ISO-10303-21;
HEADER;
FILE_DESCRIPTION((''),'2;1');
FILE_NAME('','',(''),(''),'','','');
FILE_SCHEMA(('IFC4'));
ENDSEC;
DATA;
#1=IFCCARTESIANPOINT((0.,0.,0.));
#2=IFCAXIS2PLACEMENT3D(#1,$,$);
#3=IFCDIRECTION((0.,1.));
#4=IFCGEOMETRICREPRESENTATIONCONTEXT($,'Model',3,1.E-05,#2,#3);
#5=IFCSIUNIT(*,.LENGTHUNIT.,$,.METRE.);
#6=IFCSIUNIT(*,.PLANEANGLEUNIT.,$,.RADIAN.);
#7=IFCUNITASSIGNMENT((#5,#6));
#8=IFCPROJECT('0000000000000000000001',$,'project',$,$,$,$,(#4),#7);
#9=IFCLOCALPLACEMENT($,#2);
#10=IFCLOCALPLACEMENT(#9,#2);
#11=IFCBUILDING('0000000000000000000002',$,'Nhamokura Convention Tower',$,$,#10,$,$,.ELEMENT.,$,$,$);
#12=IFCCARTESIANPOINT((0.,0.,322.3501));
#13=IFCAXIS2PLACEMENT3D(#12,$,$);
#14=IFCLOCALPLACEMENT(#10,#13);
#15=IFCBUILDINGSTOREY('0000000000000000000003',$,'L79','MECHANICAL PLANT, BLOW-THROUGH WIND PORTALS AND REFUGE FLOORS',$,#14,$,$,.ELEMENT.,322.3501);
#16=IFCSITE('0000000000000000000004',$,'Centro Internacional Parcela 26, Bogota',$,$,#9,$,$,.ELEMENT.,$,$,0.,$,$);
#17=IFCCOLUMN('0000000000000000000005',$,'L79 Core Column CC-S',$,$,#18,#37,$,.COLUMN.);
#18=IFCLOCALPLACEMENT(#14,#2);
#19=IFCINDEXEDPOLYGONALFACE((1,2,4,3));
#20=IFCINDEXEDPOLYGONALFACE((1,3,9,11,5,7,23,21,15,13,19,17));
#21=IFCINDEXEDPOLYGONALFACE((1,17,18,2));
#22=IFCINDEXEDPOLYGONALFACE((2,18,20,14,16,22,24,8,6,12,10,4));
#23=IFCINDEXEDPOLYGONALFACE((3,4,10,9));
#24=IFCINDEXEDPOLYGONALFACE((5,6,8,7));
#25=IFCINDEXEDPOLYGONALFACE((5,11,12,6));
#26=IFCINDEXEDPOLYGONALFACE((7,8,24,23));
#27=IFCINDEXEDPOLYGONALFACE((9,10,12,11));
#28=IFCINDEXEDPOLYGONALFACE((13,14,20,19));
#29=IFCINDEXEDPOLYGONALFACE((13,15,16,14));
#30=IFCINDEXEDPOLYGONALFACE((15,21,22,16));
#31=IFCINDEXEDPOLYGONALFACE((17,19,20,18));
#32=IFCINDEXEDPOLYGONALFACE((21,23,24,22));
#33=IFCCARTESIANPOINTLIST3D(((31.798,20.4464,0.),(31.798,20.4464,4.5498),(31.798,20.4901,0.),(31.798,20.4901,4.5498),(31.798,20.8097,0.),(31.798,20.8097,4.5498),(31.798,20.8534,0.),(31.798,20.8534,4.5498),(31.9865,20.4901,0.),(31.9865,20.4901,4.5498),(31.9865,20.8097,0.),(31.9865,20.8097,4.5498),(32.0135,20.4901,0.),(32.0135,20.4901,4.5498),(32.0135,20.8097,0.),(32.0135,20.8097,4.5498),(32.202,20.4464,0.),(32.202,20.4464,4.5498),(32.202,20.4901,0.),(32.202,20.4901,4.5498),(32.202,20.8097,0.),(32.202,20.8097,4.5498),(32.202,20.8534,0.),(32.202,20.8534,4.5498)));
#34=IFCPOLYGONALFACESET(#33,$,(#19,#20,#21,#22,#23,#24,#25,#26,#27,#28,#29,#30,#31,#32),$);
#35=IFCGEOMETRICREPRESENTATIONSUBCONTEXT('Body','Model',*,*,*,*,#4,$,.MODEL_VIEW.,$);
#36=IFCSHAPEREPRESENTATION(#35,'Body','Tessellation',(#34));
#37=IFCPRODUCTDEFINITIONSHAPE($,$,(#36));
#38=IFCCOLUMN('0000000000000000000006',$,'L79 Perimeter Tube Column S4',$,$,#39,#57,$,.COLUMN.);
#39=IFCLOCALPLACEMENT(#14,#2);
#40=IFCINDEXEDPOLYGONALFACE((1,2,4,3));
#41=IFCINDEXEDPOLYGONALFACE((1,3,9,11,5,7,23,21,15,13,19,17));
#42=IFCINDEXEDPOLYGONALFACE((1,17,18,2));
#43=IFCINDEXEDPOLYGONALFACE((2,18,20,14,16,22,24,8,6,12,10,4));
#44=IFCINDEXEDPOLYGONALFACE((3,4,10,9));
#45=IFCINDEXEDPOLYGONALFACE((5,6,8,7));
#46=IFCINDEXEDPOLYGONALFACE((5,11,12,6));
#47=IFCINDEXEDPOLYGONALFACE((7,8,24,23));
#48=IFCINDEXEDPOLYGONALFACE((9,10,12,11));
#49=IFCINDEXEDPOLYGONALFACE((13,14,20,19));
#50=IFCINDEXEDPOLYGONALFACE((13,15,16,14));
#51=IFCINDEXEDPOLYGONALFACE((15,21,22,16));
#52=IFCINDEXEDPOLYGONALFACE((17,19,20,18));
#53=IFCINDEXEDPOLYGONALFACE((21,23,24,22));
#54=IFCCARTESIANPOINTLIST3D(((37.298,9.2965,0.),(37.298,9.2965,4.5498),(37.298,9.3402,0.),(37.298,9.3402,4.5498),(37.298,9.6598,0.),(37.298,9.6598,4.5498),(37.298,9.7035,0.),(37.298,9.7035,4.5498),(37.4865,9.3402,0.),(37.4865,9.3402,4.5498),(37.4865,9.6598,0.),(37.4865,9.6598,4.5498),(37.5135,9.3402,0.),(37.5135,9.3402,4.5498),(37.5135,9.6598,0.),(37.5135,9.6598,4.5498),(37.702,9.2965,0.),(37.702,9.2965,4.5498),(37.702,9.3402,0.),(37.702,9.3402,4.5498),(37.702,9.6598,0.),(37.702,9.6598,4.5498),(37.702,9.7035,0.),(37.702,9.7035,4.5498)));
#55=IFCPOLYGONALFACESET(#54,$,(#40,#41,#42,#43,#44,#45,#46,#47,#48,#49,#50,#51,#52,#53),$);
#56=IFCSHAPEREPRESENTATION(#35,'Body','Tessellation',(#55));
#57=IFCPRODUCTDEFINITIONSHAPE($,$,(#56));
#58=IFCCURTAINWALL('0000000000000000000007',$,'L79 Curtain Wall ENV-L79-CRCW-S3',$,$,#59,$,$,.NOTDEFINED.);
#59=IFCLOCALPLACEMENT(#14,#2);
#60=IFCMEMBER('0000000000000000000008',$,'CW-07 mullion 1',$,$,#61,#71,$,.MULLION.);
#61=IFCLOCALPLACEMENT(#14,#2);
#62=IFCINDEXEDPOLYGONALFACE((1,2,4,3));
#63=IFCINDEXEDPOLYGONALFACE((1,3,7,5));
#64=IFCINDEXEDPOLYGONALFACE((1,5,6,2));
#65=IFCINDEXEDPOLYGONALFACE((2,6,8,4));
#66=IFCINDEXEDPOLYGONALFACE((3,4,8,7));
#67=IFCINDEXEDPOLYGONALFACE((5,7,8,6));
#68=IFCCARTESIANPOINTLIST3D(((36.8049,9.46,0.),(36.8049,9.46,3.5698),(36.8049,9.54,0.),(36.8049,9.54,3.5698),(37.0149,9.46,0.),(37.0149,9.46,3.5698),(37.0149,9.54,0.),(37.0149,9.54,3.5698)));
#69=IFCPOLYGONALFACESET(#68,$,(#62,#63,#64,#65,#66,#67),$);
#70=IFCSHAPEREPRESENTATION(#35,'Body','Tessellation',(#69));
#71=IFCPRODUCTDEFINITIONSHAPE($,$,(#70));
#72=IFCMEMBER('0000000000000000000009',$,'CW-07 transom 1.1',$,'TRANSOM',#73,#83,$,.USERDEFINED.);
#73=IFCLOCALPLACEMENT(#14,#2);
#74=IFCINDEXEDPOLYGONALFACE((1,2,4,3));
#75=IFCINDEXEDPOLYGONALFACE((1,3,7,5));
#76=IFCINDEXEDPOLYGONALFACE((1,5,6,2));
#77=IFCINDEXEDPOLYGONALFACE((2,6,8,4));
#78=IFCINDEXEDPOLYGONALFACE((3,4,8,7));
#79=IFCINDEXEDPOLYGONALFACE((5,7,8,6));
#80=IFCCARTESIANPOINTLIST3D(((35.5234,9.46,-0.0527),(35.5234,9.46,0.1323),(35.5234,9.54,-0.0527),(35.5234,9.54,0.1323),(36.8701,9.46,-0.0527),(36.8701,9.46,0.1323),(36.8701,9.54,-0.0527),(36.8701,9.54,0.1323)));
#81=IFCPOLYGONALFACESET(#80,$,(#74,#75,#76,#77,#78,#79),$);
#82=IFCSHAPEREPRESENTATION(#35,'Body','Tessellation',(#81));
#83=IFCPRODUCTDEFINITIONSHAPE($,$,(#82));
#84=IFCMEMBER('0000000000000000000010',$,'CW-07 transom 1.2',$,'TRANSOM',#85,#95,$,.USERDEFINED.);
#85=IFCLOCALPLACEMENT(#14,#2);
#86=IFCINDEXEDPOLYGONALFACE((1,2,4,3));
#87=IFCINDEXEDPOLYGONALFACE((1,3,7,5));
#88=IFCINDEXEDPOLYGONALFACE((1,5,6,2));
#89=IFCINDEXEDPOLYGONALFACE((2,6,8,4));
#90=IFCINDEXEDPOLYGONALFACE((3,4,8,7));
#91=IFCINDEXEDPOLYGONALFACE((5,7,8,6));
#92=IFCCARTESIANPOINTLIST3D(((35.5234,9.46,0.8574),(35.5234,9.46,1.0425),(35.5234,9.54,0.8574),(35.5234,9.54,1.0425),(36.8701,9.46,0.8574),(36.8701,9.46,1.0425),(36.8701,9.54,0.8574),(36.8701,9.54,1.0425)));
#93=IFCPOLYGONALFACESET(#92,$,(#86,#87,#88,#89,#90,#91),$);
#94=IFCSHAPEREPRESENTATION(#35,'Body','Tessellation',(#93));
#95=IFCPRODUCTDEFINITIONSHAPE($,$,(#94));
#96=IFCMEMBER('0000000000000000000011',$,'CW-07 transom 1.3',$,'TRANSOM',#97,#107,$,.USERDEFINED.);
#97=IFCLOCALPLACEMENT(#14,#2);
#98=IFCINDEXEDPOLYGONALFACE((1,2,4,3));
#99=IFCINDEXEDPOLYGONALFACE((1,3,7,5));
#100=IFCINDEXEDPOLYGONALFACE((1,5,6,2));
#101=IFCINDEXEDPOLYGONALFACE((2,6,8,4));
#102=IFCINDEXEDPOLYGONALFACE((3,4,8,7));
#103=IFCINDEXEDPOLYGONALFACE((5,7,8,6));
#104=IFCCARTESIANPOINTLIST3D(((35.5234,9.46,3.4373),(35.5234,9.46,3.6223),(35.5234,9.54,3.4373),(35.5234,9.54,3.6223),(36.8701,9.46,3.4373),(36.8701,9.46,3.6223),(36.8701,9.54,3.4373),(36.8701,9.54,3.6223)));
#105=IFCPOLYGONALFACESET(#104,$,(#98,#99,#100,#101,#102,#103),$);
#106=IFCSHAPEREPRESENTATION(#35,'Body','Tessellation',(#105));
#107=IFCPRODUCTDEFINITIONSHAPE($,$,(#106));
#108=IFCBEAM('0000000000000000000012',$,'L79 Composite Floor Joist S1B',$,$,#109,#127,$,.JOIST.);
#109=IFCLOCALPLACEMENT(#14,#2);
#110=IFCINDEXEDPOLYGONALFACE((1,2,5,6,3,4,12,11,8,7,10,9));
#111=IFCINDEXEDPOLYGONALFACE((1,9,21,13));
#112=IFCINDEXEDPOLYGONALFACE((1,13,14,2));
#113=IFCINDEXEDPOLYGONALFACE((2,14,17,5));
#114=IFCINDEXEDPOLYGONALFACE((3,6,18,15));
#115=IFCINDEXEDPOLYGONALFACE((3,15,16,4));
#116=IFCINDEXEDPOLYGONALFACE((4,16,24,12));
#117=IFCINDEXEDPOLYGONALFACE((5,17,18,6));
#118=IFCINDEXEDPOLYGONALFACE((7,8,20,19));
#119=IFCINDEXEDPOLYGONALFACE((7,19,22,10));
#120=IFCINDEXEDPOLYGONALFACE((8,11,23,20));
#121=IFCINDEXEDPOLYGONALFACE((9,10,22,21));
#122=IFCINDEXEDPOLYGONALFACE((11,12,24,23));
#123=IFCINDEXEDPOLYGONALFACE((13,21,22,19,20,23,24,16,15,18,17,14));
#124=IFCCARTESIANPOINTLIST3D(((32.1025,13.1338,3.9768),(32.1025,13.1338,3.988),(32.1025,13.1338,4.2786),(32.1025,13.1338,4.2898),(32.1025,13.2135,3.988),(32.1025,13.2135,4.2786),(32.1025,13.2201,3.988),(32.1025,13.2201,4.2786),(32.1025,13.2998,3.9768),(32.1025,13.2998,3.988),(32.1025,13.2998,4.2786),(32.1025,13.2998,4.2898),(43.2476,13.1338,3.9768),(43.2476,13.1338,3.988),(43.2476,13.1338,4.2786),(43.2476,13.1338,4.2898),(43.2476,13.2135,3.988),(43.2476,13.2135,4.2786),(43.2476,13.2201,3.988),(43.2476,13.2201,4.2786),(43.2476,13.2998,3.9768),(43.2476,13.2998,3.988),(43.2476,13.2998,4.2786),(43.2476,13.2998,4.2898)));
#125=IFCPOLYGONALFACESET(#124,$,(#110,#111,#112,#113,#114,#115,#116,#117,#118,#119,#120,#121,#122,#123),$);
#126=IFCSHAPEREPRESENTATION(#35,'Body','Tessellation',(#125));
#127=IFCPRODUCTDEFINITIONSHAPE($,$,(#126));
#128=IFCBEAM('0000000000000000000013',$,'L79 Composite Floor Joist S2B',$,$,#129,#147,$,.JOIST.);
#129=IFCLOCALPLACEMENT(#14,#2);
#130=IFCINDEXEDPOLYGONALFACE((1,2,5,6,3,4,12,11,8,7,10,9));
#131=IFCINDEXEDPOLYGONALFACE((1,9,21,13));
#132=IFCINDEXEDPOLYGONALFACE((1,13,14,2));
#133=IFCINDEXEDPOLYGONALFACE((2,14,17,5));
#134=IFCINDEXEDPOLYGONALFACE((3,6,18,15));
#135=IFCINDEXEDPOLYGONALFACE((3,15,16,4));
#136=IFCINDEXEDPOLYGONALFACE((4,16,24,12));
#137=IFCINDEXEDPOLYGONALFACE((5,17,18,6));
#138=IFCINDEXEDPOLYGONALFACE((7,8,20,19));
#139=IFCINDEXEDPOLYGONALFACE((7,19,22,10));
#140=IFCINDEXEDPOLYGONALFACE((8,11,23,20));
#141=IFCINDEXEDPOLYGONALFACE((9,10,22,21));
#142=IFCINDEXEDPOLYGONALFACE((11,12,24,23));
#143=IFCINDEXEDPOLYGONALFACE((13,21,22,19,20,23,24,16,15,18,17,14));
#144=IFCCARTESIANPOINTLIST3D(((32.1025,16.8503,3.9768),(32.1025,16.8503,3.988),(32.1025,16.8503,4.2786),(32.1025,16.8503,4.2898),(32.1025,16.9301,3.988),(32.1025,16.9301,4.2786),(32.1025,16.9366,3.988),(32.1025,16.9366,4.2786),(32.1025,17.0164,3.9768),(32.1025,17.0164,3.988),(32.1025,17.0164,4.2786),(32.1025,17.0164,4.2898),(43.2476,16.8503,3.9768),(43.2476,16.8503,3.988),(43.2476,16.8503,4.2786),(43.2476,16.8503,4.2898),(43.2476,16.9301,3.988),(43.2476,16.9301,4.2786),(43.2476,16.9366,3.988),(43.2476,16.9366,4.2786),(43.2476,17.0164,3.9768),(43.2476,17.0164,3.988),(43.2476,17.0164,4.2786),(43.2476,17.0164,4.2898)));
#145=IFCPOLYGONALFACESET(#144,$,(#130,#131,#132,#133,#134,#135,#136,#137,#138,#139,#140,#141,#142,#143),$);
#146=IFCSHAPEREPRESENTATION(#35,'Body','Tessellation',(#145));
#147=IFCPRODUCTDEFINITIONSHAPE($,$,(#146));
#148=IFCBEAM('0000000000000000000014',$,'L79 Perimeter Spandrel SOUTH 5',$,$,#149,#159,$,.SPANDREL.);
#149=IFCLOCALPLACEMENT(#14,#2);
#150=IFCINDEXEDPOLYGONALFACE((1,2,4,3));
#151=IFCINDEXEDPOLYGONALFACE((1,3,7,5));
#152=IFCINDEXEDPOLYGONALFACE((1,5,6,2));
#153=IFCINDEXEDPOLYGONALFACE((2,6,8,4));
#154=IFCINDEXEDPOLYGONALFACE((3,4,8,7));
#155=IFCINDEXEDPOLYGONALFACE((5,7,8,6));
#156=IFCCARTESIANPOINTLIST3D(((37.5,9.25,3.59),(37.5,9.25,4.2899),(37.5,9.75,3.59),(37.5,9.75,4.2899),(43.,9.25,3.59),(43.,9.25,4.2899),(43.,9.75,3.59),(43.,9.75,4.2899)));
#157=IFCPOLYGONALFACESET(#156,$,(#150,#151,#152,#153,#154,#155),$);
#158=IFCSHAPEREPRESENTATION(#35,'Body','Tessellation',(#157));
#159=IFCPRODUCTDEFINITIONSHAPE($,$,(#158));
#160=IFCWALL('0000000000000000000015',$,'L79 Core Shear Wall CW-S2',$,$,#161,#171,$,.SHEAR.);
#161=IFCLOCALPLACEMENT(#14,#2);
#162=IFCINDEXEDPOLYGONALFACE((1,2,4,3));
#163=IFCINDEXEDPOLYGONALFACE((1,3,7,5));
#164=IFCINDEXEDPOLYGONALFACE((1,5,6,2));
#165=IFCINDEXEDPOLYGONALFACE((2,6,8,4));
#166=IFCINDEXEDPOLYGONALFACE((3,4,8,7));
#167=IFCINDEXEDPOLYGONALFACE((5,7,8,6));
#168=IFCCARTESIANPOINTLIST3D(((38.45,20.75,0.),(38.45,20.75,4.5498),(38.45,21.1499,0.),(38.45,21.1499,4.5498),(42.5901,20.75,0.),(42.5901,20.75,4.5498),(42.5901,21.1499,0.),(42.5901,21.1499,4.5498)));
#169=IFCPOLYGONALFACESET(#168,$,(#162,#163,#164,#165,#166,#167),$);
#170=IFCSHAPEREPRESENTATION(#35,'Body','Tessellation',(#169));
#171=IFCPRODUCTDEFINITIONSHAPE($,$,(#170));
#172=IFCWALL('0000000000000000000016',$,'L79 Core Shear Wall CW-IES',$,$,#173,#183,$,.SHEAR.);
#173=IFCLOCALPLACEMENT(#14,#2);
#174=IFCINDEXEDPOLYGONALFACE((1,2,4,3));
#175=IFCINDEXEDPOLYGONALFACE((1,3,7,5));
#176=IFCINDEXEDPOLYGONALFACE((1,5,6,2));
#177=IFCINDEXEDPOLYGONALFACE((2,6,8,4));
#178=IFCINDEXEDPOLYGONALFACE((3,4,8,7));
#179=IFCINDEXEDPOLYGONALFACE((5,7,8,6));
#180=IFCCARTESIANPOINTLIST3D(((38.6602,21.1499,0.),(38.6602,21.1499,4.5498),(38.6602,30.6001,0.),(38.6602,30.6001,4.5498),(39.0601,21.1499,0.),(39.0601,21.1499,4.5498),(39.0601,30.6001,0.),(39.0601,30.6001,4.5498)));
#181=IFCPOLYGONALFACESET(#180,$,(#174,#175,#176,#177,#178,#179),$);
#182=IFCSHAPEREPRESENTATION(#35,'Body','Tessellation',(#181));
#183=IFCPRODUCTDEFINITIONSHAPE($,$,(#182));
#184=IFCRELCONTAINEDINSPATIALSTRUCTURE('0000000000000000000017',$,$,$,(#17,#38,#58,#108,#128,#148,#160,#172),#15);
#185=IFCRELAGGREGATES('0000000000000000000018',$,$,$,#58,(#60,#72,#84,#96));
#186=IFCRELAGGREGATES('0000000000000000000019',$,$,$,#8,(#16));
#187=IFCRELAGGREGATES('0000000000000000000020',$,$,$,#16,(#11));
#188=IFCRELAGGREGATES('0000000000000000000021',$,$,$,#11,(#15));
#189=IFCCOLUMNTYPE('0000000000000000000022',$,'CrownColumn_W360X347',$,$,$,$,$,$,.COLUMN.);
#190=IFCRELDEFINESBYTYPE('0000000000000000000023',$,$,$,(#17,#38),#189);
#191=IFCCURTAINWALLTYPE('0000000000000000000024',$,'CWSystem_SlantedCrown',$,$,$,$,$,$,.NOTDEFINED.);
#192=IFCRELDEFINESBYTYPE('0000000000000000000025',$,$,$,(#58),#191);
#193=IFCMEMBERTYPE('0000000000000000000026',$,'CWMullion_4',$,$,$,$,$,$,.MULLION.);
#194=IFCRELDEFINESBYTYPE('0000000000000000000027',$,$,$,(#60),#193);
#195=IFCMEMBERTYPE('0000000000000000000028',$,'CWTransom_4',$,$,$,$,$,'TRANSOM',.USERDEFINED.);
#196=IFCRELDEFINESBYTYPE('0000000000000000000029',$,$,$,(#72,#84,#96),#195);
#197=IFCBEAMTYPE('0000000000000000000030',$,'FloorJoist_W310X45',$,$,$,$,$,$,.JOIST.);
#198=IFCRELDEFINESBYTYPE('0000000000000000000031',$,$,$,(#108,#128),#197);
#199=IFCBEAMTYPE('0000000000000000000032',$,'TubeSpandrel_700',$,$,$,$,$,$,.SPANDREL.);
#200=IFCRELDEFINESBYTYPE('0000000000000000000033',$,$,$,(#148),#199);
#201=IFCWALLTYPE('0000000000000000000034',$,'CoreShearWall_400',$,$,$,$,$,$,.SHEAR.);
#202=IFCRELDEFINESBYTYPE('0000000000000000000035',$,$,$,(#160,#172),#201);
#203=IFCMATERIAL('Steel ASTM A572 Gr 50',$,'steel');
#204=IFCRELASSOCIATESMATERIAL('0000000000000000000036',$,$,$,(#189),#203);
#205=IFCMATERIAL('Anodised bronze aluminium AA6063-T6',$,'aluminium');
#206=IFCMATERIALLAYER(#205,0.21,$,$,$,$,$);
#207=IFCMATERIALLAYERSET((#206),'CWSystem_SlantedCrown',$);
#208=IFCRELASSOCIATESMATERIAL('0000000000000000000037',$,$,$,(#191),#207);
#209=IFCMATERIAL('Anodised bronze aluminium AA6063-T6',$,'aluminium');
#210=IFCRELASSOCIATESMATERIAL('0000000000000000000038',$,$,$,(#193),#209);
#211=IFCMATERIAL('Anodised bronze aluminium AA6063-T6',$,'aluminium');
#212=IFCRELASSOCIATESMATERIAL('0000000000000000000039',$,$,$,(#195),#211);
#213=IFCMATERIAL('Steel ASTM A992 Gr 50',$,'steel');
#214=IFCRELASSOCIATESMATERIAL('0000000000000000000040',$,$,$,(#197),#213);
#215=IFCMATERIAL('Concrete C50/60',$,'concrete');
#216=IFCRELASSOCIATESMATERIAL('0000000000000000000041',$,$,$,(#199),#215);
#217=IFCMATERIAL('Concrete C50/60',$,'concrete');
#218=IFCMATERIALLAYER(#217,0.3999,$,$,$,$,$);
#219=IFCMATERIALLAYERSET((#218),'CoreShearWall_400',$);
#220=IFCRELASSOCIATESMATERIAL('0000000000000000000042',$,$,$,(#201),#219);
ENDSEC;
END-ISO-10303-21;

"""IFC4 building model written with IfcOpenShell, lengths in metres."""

from ifc_helpers import new_model, si_unit, direction, frame, frame_2d, origin, origin_2d, place, context, subcontext, project, spatial, rectangle, i_section, extrude, material, layer, layer_set, material_profile, profile_set, type_object, element, aggregate, save


model = new_model("IFC4")

# Units and contexts
model_context = context("Model", 3, precision=1e-05, world=origin(), true_north=direction((0.0, 1.0)))
body_context = subcontext(model_context, "Body", "Model", "MODEL_VIEW")
ifc_project = project(units=[si_unit("LENGTHUNIT", "METRE"), si_unit("PLANEANGLEUNIT", "RADIAN")], contexts=[model_context])

# Site, building, storey
site_placement = place(None, origin())
site = spatial("IfcSite", under=ifc_project, at=site_placement, Name="Centro Internacional Parcela 26, Bogota", CompositionType="ELEMENT", RefElevation=0.0)
building_placement = place(site_placement, origin())
building = spatial("IfcBuilding", under=site, at=building_placement, Name="Nhamokura Convention Tower", CompositionType="ELEMENT")
storey_placement = place(building_placement, frame((0.0, 0.0, 322.3501)))
storey = spatial("IfcBuildingStorey", under=building, at=storey_placement, Name="L79", Description="MECHANICAL PLANT, BLOW-THROUGH WIND PORTALS AND REFUGE FLOORS", CompositionType="ELEMENT", Elevation=322.3501)

# Columns
ifc_material_1 = material(Name="Steel ASTM A572 Gr 50", Category="steel")
ifc_material_profile_1 = material_profile(ifc_material_1, i_section(OverallWidth=0.4041, OverallDepth=0.407, WebThickness=0.0271, FlangeThickness=0.0437, at=origin_2d()))
ifc_profile_set_1 = profile_set([ifc_material_profile_1], Name="Steel ASTM A572 Gr 50")
column_type = type_object("IfcColumnType", Name="CrownColumn_W360X347", PredefinedType="COLUMN", material=ifc_profile_set_1)
for number, where, z_axis, x_axis, name in (
    (1, (32.0, 20.6499, 0.0), (0.0, 0.0, 1.0), (1.0, 0.0, 0.0), "L79 Core Column CC-S"),
    (2, (37.5, 9.5, 0.0), (0.0, 0.0, 1.0), (1.0, 0.0, 0.0), "L79 Perimeter Tube Column S4"),
):
    element("IfcColumn", number, at=place(storey_placement, frame(where, z_axis=z_axis, x_axis=x_axis)), inside=storey, type_object=column_type, Name=name, PredefinedType="COLUMN", context=body_context, shape_type="SweptSolid", body=[
        extrude(i_section(OverallWidth=0.4041, OverallDepth=0.407, WebThickness=0.0271, FlangeThickness=0.0437, at=origin_2d()), origin(), (0.0, 0.0, 1.0), 4.5498),
    ])

# Curtain wall, members
ifc_material_2 = material(Name="Anodised bronze aluminium AA6063-T6", Category="aluminium")
ifc_layer_1 = layer(ifc_material_2, 0.21)
ifc_layer_set_1 = layer_set([ifc_layer_1], Name="CWSystem_SlantedCrown")
curtain_wall_type = type_object("IfcCurtainWallType", Name="CWSystem_SlantedCrown", PredefinedType="NOTDEFINED", material=ifc_layer_set_1)
curtain_wall_placement = place(storey_placement, origin())
curtain_wall = element("IfcCurtainWall", 3, at=curtain_wall_placement, inside=storey, type_object=curtain_wall_type, Name="L79 Curtain Wall ENV-L79-CRCW-S3", PredefinedType="NOTDEFINED")
ifc_material_3 = material(Name="Anodised bronze aluminium AA6063-T6", Category="aluminium")
ifc_material_profile_2 = material_profile(ifc_material_3, rectangle(XDim=0.0801, YDim=0.21, at=origin_2d()))
ifc_profile_set_2 = profile_set([ifc_material_profile_2], Name="Anodised bronze aluminium AA6063-T6")
member_type_1 = type_object("IfcMemberType", Name="CWMullion_4", PredefinedType="MULLION", material=ifc_profile_set_2)
member_1_placement = place(storey_placement, frame((36.9099, 9.5, 0.0), z_axis=(0.0, 0.0, 1.0), x_axis=(0.0, -1.0, 0.0)))
member_1 = element("IfcMember", 4, at=member_1_placement, type_object=member_type_1, Name="CW-07 mullion 1", PredefinedType="MULLION", context=body_context, shape_type="SweptSolid", body=[
    extrude(rectangle(XDim=0.0801, YDim=0.21, at=origin_2d()), origin(), (0.0, 0.0, 1.0), 3.5698),
])
ifc_material_4 = material(Name="Anodised bronze aluminium AA6063-T6", Category="aluminium")
ifc_material_profile_3 = material_profile(ifc_material_4, rectangle(XDim=0.0801, YDim=0.1851, at=origin_2d()))
ifc_profile_set_3 = profile_set([ifc_material_profile_3], Name="Anodised bronze aluminium AA6063-T6")
member_type_2 = type_object("IfcMemberType", Name="CWTransom_4", ElementType="TRANSOM", PredefinedType="USERDEFINED", material=ifc_profile_set_3)
member_2_placement = place(storey_placement, frame((36.8701, 9.5, 0.0398), z_axis=(-1.0, 0.0, 0.0), x_axis=(0.0, -1.0, 0.0)))
member_2 = element("IfcMember", 5, at=member_2_placement, type_object=member_type_2, Name="CW-07 transom 1.1", ObjectType="TRANSOM", PredefinedType="USERDEFINED", context=body_context, shape_type="SweptSolid", body=[
    extrude(rectangle(XDim=0.0801, YDim=0.1851, at=origin_2d()), origin(), (0.0, 0.0, 1.0), 1.3467),
])
member_3_placement = place(storey_placement, frame((36.8701, 9.5, 0.95), z_axis=(-1.0, 0.0, 0.0), x_axis=(0.0, -1.0, 0.0)))
member_3 = element("IfcMember", 6, at=member_3_placement, type_object=member_type_2, Name="CW-07 transom 1.2", ObjectType="TRANSOM", PredefinedType="USERDEFINED", context=body_context, shape_type="SweptSolid", body=[
    extrude(rectangle(XDim=0.0801, YDim=0.1851, at=origin_2d()), origin(), (0.0, 0.0, 1.0), 1.3467),
])
member_4_placement = place(storey_placement, frame((36.8701, 9.5, 3.5298), z_axis=(-1.0, 0.0, 0.0), x_axis=(0.0, -1.0, 0.0)))
member_4 = element("IfcMember", 7, at=member_4_placement, type_object=member_type_2, Name="CW-07 transom 1.3", ObjectType="TRANSOM", PredefinedType="USERDEFINED", context=body_context, shape_type="SweptSolid", body=[
    extrude(rectangle(XDim=0.0801, YDim=0.1851, at=origin_2d()), origin(), (0.0, 0.0, 1.0), 1.3467),
])
aggregate(curtain_wall, [member_1, member_2, member_3, member_4])

# Beams
ifc_material_5 = material(Name="Steel ASTM A992 Gr 50", Category="steel")
ifc_material_profile_4 = material_profile(ifc_material_5, i_section(OverallWidth=0.166, OverallDepth=0.313, WebThickness=0.0066, FlangeThickness=0.0112, at=origin_2d()))
ifc_profile_set_4 = profile_set([ifc_material_profile_4], Name="Steel ASTM A992 Gr 50")
beam_type_1 = type_object("IfcBeamType", Name="FloorJoist_W310X45", PredefinedType="JOIST", material=ifc_profile_set_4)
for number, where, z_axis, x_axis, name in (
    (8, (32.1025, 13.2168, 4.1333), (1.0, 0.0, 0.0), (0.0, 1.0, 0.0), "L79 Composite Floor Joist S1B"),
    (9, (32.1025, 16.9333, 4.1333), (1.0, 0.0, 0.0), (0.0, 1.0, 0.0), "L79 Composite Floor Joist S2B"),
):
    element("IfcBeam", number, at=place(storey_placement, frame(where, z_axis=z_axis, x_axis=x_axis)), inside=storey, type_object=beam_type_1, Name=name, PredefinedType="JOIST", context=body_context, shape_type="SweptSolid", body=[
        extrude(i_section(OverallWidth=0.166, OverallDepth=0.313, WebThickness=0.0066, FlangeThickness=0.0112, at=origin_2d()), origin(), (0.0, 0.0, 1.0), 11.145),
    ])
ifc_material_6 = material(Name="Concrete C50/60", Category="concrete")
ifc_material_profile_5 = material_profile(ifc_material_6, rectangle(XDim=0.5, YDim=0.7, at=origin_2d()))
ifc_profile_set_5 = profile_set([ifc_material_profile_5], Name="Concrete C50/60")
beam_type_2 = type_object("IfcBeamType", Name="TubeSpandrel_700", PredefinedType="SPANDREL", material=ifc_profile_set_5)
beam_placement = place(storey_placement, frame((37.5, 9.5, 3.9399), z_axis=(1.0, 0.0, 0.0), x_axis=(0.0, 1.0, 0.0)))
element("IfcBeam", 10, at=beam_placement, inside=storey, type_object=beam_type_2, Name="L79 Perimeter Spandrel SOUTH 5", PredefinedType="SPANDREL", context=body_context, shape_type="SweptSolid", body=[
    extrude(rectangle(XDim=0.5, YDim=0.7, at=origin_2d()), origin(), (0.0, 0.0, 1.0), 5.5),
])

# Walls
ifc_material_7 = material(Name="Concrete C50/60", Category="concrete")
ifc_layer_2 = layer(ifc_material_7, 0.3999)
ifc_layer_set_2 = layer_set([ifc_layer_2], Name="CoreShearWall_400")
wall_type_1 = type_object("IfcWallType", Name="CoreShearWall_400", PredefinedType="SHEAR", material=ifc_layer_set_2)
wall_1_placement = place(storey_placement, frame((38.45, 20.95, 0.0), z_axis=(0.0, 0.0, 1.0), x_axis=(1.0, 0.0, 0.0)))
element("IfcWall", 11, at=wall_1_placement, inside=storey, type_object=wall_type_1, Name="L79 Core Shear Wall CW-S2", PredefinedType="SHEAR", context=body_context, shape_type="SweptSolid", body=[
    extrude(rectangle(XDim=4.1401, YDim=0.3999, at=frame_2d((2.0701, 0.0))), origin(), (0.0, 0.0, 1.0), 4.5498),
])
wall_2_placement = place(storey_placement, frame((38.8601, 21.1499, 0.0), z_axis=(0.0, 0.0, 1.0), x_axis=(0.0, 1.0, 0.0)))
element("IfcWall", 12, at=wall_2_placement, inside=storey, type_object=wall_type_1, Name="L79 Core Shear Wall CW-IES", PredefinedType="SHEAR", context=body_context, shape_type="SweptSolid", body=[
    extrude(rectangle(XDim=9.4502, YDim=0.3999, at=frame_2d((4.7251, 0.0))), origin(), (0.0, 0.0, 1.0), 4.5498),
])

save(model, "model.ifc")
